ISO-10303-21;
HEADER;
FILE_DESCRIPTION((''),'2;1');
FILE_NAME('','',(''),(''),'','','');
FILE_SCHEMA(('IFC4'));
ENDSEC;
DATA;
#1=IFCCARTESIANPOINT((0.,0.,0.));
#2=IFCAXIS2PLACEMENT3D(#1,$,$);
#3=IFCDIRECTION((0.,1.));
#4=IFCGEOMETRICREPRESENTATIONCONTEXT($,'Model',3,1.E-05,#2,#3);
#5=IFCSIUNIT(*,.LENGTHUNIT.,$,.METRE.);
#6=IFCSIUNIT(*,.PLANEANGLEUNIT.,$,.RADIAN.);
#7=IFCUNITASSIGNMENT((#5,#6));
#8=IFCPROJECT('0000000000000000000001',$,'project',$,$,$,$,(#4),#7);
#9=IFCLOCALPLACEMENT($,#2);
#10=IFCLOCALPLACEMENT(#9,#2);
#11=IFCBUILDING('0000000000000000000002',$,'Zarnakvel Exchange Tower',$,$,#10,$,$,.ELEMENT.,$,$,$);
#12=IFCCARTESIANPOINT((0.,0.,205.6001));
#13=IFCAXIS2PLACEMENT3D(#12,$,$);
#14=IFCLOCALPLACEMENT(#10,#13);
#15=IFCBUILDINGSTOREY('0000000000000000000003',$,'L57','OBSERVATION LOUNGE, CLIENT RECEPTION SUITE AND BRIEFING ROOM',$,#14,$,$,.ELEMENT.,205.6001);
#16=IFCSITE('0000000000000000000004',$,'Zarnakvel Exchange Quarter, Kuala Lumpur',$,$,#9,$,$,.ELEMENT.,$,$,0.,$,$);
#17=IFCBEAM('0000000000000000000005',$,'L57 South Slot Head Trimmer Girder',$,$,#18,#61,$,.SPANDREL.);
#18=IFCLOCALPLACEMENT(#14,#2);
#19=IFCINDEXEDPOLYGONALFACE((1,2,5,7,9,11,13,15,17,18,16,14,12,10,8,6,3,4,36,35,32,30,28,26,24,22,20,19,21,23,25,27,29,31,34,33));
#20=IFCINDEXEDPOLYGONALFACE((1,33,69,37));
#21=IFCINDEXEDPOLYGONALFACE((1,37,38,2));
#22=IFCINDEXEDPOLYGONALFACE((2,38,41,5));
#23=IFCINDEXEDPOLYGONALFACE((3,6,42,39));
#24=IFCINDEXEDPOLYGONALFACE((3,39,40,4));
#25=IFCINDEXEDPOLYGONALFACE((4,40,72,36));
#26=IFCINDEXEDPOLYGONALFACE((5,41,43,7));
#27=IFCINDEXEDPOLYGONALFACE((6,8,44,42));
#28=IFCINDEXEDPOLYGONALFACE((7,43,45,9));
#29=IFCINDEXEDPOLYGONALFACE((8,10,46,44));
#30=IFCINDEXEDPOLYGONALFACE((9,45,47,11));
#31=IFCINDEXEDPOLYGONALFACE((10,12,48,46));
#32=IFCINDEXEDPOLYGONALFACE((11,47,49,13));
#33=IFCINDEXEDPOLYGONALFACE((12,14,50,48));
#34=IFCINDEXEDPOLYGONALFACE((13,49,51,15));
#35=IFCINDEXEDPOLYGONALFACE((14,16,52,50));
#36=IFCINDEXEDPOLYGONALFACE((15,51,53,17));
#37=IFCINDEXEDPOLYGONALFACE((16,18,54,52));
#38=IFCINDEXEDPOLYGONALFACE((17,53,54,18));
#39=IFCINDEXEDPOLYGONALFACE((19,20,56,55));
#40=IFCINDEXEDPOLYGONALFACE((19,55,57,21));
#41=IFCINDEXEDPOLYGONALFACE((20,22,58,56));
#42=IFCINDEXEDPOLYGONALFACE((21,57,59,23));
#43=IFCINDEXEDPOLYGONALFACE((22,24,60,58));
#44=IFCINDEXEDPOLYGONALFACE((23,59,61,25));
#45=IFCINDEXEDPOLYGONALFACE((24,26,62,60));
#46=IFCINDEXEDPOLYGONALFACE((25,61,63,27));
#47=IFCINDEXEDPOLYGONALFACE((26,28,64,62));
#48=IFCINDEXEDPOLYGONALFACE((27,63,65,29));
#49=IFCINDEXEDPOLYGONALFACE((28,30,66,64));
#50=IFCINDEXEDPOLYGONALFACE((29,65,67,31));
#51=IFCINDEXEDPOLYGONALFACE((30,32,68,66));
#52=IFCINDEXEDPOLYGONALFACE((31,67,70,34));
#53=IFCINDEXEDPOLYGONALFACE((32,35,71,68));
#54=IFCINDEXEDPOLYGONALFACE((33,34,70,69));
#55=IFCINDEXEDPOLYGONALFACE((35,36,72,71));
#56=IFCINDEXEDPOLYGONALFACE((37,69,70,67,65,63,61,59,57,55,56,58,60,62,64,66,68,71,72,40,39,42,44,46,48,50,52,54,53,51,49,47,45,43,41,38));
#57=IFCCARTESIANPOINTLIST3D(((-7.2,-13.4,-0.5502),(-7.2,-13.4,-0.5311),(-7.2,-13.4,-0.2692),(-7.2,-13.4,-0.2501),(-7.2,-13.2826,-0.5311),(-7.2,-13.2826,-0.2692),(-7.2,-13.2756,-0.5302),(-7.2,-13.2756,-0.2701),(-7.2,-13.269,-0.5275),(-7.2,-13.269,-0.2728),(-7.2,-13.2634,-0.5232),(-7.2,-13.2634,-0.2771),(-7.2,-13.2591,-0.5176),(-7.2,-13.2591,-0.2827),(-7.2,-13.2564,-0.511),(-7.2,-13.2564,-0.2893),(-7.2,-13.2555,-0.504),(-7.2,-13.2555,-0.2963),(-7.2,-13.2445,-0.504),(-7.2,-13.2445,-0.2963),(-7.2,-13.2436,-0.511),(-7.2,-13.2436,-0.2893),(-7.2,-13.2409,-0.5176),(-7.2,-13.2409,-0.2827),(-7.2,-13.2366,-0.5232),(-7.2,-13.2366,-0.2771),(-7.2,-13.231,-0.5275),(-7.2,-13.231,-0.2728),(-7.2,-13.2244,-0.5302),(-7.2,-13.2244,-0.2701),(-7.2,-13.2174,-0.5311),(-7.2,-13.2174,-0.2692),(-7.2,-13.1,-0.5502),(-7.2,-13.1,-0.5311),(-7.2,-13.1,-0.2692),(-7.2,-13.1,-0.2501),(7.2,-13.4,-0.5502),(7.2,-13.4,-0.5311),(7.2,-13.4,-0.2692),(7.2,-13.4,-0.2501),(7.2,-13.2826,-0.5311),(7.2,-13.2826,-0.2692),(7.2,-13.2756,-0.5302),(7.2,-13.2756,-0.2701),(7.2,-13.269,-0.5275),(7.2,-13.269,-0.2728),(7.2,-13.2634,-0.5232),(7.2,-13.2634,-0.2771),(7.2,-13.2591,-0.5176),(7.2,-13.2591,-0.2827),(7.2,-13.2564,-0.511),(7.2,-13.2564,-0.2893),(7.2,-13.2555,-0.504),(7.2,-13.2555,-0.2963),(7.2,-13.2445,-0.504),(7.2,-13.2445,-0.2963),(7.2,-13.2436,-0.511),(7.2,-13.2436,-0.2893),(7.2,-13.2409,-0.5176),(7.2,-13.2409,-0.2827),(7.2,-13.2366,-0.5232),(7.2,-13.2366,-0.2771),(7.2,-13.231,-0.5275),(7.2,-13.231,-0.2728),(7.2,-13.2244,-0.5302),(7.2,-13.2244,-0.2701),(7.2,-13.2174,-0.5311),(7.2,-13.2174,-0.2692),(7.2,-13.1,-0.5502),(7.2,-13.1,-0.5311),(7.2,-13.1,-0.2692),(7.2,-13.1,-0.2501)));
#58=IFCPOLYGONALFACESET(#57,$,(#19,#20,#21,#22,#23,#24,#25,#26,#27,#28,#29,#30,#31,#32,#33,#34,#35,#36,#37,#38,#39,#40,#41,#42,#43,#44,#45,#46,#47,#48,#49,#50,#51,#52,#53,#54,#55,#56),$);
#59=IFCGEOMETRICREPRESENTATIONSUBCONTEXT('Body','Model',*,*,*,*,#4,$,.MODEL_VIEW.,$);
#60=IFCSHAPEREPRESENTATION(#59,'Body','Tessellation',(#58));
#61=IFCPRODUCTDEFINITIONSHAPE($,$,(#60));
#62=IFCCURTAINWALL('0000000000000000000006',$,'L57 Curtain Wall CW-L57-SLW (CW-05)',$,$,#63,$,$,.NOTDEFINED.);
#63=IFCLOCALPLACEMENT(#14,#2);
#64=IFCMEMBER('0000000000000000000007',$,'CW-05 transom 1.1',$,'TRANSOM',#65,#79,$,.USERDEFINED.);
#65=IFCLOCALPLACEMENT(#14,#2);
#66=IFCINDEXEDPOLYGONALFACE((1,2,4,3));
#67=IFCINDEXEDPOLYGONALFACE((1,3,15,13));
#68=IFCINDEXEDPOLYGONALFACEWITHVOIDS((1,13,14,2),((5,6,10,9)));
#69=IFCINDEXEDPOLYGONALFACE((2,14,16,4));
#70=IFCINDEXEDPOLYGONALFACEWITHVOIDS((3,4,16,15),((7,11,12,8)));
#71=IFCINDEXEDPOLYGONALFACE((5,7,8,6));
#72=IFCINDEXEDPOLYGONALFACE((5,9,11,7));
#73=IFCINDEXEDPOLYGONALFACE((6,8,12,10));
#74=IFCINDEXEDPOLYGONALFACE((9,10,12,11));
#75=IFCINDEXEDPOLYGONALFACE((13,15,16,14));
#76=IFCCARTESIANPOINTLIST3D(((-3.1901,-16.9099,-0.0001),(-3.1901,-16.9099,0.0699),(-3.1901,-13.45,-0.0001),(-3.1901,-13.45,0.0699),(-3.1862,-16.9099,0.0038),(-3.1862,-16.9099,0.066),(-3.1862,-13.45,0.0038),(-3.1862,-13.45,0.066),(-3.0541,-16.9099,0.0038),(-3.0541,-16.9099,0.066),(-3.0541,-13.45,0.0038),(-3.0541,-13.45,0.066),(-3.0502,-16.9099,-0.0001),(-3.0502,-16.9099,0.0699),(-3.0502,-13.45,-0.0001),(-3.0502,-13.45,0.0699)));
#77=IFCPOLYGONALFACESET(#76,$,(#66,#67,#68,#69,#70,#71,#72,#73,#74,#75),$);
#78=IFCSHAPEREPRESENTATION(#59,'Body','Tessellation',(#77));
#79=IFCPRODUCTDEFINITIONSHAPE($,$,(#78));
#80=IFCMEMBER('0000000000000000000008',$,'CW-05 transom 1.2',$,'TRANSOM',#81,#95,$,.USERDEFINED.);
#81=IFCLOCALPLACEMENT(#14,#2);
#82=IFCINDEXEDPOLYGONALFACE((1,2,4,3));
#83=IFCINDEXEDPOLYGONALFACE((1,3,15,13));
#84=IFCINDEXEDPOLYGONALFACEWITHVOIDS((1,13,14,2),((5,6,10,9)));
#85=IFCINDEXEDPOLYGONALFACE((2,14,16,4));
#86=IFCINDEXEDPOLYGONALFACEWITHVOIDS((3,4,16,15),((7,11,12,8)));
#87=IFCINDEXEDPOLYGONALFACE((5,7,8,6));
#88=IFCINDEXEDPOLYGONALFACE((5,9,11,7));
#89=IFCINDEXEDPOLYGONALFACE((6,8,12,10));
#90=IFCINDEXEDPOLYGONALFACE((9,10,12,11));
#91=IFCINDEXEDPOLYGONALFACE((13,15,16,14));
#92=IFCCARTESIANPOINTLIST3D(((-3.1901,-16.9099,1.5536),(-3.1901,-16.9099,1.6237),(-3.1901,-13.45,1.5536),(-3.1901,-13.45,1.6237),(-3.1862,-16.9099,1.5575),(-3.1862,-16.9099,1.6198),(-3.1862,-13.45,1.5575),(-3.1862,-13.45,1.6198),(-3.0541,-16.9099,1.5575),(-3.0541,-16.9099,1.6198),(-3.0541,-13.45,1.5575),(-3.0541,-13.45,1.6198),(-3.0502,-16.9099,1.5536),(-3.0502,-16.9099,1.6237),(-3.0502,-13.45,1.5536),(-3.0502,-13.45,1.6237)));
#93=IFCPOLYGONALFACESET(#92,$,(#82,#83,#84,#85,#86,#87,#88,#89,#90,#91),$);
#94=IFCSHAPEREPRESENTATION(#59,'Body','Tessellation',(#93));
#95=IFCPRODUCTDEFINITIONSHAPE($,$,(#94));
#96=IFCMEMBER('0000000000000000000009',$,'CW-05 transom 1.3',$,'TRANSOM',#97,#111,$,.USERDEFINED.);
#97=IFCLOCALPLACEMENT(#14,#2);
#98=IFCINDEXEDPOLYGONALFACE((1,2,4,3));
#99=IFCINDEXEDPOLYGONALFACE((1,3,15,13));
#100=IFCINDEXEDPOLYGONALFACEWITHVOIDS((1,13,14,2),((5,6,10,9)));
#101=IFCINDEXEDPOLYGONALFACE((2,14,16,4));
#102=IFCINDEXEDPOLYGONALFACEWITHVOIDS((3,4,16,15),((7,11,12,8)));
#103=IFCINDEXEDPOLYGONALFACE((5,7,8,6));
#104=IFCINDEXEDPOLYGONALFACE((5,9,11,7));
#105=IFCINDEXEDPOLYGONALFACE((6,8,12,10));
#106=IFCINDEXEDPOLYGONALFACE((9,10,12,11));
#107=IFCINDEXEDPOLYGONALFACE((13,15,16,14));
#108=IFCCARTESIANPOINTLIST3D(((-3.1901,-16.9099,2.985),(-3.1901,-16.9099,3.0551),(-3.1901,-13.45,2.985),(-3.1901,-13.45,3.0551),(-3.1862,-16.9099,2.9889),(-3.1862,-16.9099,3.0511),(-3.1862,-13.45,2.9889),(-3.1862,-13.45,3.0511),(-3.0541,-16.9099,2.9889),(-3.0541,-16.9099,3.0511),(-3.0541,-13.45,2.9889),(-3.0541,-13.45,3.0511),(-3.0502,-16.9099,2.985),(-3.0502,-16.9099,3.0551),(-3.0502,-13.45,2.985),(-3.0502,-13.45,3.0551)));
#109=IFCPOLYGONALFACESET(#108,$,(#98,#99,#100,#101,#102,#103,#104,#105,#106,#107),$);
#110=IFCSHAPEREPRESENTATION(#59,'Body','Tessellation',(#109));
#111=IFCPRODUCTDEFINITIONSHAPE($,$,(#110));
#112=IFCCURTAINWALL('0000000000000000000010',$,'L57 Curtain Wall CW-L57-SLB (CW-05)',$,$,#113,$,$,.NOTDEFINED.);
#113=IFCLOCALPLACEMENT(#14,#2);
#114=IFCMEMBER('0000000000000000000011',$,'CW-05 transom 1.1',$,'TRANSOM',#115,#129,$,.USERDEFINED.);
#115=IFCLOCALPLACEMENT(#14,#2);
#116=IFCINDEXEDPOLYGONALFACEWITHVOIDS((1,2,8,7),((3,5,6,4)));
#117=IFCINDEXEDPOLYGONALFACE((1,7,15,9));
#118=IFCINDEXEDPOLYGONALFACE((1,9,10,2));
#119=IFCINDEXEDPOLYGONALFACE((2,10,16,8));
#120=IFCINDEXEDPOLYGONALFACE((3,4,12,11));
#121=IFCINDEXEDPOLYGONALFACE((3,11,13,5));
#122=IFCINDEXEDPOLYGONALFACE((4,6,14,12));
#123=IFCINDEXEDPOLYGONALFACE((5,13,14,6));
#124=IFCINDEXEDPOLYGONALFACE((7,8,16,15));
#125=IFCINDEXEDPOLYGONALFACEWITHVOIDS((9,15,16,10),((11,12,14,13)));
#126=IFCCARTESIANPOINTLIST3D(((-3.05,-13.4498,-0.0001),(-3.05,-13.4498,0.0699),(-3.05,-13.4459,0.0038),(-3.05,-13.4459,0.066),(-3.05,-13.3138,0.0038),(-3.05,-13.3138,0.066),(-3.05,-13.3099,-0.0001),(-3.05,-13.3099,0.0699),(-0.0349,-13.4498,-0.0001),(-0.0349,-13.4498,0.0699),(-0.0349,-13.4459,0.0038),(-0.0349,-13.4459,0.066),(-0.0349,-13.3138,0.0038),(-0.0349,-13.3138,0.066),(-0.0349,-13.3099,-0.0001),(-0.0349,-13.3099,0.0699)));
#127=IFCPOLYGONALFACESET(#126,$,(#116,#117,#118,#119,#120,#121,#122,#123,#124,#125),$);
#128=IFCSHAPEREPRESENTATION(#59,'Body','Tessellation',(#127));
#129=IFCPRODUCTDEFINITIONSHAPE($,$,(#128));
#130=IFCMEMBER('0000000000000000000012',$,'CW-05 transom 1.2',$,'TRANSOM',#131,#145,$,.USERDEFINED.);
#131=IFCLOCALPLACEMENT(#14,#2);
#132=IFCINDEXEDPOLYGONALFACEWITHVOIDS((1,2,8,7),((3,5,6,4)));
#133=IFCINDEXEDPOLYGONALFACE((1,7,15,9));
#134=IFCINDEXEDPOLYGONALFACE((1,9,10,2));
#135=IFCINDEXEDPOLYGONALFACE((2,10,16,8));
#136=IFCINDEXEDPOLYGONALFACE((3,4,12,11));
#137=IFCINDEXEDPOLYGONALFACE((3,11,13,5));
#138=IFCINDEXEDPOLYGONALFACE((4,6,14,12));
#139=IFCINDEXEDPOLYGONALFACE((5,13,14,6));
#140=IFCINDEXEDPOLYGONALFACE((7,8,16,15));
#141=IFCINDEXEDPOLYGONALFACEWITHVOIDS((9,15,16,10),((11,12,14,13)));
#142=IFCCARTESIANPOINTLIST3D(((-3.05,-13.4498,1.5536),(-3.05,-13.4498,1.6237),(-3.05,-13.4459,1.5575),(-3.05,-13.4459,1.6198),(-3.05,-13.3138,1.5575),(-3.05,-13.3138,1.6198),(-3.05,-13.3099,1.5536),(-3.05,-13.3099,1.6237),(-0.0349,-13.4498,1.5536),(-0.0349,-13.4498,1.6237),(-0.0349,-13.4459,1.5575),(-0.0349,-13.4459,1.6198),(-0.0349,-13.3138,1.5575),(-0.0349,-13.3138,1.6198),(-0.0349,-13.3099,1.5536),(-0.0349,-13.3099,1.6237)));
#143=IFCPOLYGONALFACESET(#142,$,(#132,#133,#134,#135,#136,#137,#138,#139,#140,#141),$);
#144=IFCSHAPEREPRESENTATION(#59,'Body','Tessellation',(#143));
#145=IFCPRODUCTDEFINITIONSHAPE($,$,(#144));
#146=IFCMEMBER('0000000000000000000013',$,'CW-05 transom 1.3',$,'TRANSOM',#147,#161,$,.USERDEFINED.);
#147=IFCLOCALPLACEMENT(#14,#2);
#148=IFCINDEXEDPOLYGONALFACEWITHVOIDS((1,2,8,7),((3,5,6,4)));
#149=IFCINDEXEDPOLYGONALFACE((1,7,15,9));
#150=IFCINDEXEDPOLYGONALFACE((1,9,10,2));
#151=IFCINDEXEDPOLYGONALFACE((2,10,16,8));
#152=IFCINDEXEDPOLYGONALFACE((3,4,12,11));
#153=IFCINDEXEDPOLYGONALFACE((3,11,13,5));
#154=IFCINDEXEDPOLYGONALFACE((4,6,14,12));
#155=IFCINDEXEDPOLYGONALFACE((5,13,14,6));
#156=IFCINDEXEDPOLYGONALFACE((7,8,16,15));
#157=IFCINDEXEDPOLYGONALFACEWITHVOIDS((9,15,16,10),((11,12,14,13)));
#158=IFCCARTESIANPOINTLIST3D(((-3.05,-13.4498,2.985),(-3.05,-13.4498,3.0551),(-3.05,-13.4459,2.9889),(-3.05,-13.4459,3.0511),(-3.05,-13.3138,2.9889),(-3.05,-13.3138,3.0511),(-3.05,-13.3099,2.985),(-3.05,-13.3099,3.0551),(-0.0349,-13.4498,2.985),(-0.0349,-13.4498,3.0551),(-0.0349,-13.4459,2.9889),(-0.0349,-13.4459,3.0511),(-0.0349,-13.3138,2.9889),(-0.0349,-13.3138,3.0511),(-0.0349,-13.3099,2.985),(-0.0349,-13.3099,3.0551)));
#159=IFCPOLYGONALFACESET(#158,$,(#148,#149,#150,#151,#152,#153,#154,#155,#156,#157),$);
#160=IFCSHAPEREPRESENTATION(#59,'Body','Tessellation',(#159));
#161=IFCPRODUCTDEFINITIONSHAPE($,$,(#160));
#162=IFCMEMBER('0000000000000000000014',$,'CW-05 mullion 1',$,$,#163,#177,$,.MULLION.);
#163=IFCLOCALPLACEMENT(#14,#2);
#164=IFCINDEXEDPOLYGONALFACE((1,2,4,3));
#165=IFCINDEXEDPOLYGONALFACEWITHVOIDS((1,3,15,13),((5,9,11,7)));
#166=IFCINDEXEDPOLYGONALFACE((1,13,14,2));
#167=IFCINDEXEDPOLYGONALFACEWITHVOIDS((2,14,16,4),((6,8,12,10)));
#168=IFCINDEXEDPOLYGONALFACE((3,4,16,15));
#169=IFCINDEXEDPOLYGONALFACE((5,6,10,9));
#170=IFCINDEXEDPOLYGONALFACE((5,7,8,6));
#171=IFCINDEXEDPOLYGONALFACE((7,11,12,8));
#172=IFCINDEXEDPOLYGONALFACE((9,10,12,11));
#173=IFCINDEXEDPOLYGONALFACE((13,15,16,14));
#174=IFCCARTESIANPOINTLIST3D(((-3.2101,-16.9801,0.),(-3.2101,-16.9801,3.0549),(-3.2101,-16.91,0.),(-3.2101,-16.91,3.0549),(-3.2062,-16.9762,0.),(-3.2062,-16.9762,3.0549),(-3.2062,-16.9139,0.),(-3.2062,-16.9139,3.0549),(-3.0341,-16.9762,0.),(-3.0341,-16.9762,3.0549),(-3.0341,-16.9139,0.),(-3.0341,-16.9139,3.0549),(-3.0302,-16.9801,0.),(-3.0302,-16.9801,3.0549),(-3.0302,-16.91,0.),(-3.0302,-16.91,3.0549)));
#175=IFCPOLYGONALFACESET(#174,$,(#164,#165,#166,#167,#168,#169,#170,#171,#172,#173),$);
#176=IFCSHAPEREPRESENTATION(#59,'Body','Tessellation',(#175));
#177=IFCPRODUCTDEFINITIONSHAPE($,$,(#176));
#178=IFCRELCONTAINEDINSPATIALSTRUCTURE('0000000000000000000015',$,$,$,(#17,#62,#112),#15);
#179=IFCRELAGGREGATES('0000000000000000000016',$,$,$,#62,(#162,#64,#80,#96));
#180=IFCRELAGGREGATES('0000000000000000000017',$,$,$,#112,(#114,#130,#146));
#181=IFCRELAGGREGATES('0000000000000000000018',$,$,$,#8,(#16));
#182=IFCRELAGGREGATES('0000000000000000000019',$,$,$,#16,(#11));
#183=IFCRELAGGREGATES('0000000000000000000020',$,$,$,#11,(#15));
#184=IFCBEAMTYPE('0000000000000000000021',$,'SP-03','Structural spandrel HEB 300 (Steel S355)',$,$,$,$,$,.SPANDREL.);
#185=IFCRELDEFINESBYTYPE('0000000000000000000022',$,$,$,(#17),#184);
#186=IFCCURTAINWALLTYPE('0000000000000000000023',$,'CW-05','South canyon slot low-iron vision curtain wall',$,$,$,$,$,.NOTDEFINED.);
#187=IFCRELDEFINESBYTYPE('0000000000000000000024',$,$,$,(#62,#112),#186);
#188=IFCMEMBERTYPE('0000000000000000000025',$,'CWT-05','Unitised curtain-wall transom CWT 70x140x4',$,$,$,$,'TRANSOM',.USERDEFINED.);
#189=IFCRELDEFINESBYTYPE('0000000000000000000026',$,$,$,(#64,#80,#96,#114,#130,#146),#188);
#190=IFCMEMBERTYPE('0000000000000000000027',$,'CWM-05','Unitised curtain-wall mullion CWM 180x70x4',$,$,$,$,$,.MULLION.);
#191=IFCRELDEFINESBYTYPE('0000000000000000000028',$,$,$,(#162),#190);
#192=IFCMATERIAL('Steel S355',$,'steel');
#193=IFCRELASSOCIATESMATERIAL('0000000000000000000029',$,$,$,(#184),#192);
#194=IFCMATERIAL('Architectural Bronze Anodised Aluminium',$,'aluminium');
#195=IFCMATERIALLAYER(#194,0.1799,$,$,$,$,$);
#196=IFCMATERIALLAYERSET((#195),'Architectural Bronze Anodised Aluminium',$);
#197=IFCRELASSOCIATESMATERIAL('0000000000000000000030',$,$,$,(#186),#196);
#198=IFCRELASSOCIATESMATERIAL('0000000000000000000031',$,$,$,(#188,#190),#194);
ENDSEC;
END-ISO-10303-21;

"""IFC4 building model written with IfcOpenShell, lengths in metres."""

from ifc_helpers import new_model, si_unit, direction, frame, origin, origin_2d, place, context, subcontext, project, spatial, hollow_rectangle, i_section, extrude, source, transform, mapped, material, layer, layer_set, material_profile, profile_set, type_object, element, aggregate, save


model = new_model("IFC4")

# Units and contexts
model_context = context("Model", 3, precision=1e-05, world=origin(), true_north=direction((0.0, 1.0)))
body_context = subcontext(model_context, "Body", "Model", "MODEL_VIEW")
ifc_project = project(units=[si_unit("LENGTHUNIT", "METRE"), si_unit("PLANEANGLEUNIT", "RADIAN")], contexts=[model_context])

# Site, building, storey
site_placement = place(None, origin())
site = spatial("IfcSite", under=ifc_project, at=site_placement, Name="Zarnakvel Exchange Quarter, Kuala Lumpur", CompositionType="ELEMENT", RefElevation=0.0)
building_placement = place(site_placement, origin())
building = spatial("IfcBuilding", under=site, at=building_placement, Name="Zarnakvel Exchange Tower", CompositionType="ELEMENT")
storey_placement = place(building_placement, frame((0.0, 0.0, 205.6001)))
storey = spatial("IfcBuildingStorey", under=building, at=storey_placement, Name="L57", Description="OBSERVATION LOUNGE, CLIENT RECEPTION SUITE AND BRIEFING ROOM", CompositionType="ELEMENT", Elevation=205.6001)

# Beam
ifc_material_1 = material(Name="Steel S355", Category="steel")
ifc_material_profile_1 = material_profile(ifc_material_1, i_section(OverallWidth=0.3, OverallDepth=0.3, WebThickness=0.011, FlangeThickness=0.019, FilletRadius=0.0271, at=origin_2d()))
ifc_profile_set_1 = profile_set([ifc_material_profile_1], Name="Steel S355")
beam_type_1 = type_object("IfcBeamType", Name="SP-03", Description="Structural spandrel HEB 300 (Steel S355)", PredefinedType="SPANDREL", material=ifc_profile_set_1)
beam_1_placement = place(storey_placement, frame((-7.2, -13.25, -0.4001), z_axis=(1.0, 0.0, 0.0), x_axis=(0.0, 1.0, 0.0)))
element("IfcBeam", 1, at=beam_1_placement, inside=storey, type_object=beam_type_1, Name="L57 South Slot Head Trimmer Girder", PredefinedType="SPANDREL", context=body_context, shape_type="SweptSolid", body=[
    extrude(i_section(OverallWidth=0.3, OverallDepth=0.3, WebThickness=0.011, FlangeThickness=0.019, FilletRadius=0.0271, at=origin_2d()), origin(), (0.0, 0.0, 1.0), 14.3999),
])

# Curtain walls, members
ifc_material_2 = material(Name="Architectural Bronze Anodised Aluminium", Category="aluminium")
ifc_layer_1 = layer(ifc_material_2, 0.1799)
ifc_layer_set_1 = layer_set([ifc_layer_1], Name="Architectural Bronze Anodised Aluminium")
curtain_wall_type = type_object("IfcCurtainWallType", Name="CW-05", Description="South canyon slot low-iron vision curtain wall", PredefinedType="NOTDEFINED", material=ifc_layer_set_1)
curtain_wall_1_placement = place(storey_placement, origin())
curtain_wall_1 = element("IfcCurtainWall", 2, at=curtain_wall_1_placement, inside=storey, type_object=curtain_wall_type, Name="L57 Curtain Wall CW-L57-SLW (CW-05)", PredefinedType="NOTDEFINED")
ifc_material_profile_2 = material_profile(ifc_material_2, hollow_rectangle(XDim=0.1399, YDim=0.0701, WallThickness=0.0039, at=origin_2d()))
ifc_profile_set_2 = profile_set([ifc_material_profile_2], Name="Architectural Bronze Anodised Aluminium")
member_type_1 = type_object("IfcMemberType", Name="CWT-05", Description="Unitised curtain-wall transom CWT 70x140x4", ElementType="TRANSOM", PredefinedType="USERDEFINED", material=ifc_profile_set_2)
shared_shape_1 = source(origin(), body_context, "Body", "SweptSolid", [
    extrude(hollow_rectangle(XDim=0.1399, YDim=0.0701, WallThickness=0.0039, at=origin_2d()), origin(), (0.0, 0.0, 1.0), 3.46),
])
member_1_placement = place(storey_placement, frame((-3.1201, -16.9099, 0.0349), z_axis=(0.0, 1.0, 0.0), x_axis=(-1.0, 0.0, 0.0)))
member_1 = element("IfcMember", 3, at=member_1_placement, type_object=member_type_1, Name="CW-05 transom 1.1", ObjectType="TRANSOM", PredefinedType="USERDEFINED", context=body_context, shape_type="MappedRepresentation", body=[
    mapped(shared_shape_1, transform((0.0, 0.0, 0.0), x_axis=(1.0, 0.0, 0.0), y_axis=(0.0, 1.0, 0.0), z_axis=(0.0, 0.0, 1.0), scale=1.0)),
])
member_2_placement = place(storey_placement, frame((-3.1201, -16.9099, 1.5886), z_axis=(0.0, 1.0, 0.0), x_axis=(-1.0, 0.0, 0.0)))
member_2 = element("IfcMember", 4, at=member_2_placement, type_object=member_type_1, Name="CW-05 transom 1.2", ObjectType="TRANSOM", PredefinedType="USERDEFINED", context=body_context, shape_type="MappedRepresentation", body=[
    mapped(shared_shape_1, transform((0.0, 0.0, 0.0), x_axis=(1.0, 0.0, 0.0), y_axis=(0.0, 1.0, 0.0), z_axis=(0.0, 0.0, 1.0), scale=1.0)),
])
member_3_placement = place(storey_placement, frame((-3.1201, -16.9099, 3.02), z_axis=(0.0, 1.0, 0.0), x_axis=(-1.0, 0.0, 0.0)))
member_3 = element("IfcMember", 5, at=member_3_placement, type_object=member_type_1, Name="CW-05 transom 1.3", ObjectType="TRANSOM", PredefinedType="USERDEFINED", context=body_context, shape_type="MappedRepresentation", body=[
    mapped(shared_shape_1, transform((0.0, 0.0, 0.0), x_axis=(1.0, 0.0, 0.0), y_axis=(0.0, 1.0, 0.0), z_axis=(0.0, 0.0, 1.0), scale=1.0)),
])
curtain_wall_2_placement = place(storey_placement, origin())
curtain_wall_2 = element("IfcCurtainWall", 6, at=curtain_wall_2_placement, inside=storey, type_object=curtain_wall_type, Name="L57 Curtain Wall CW-L57-SLB (CW-05)", PredefinedType="NOTDEFINED")
shared_shape_2 = source(origin(), body_context, "Body", "SweptSolid", [
    extrude(hollow_rectangle(XDim=0.1399, YDim=0.0701, WallThickness=0.0039, at=origin_2d()), origin(), (0.0, 0.0, 1.0), 3.0151),
])
member_4_placement = place(storey_placement, frame((-3.05, -13.3799, 0.0349), z_axis=(1.0, 0.0, 0.0), x_axis=(0.0, 1.0, 0.0)))
member_4 = element("IfcMember", 7, at=member_4_placement, type_object=member_type_1, Name="CW-05 transom 1.1", ObjectType="TRANSOM", PredefinedType="USERDEFINED", context=body_context, shape_type="MappedRepresentation", body=[
    mapped(shared_shape_2, transform((0.0, 0.0, 0.0), x_axis=(1.0, 0.0, 0.0), y_axis=(0.0, 1.0, 0.0), z_axis=(0.0, 0.0, 1.0), scale=1.0)),
])
member_5_placement = place(storey_placement, frame((-3.05, -13.3799, 1.5886), z_axis=(1.0, 0.0, 0.0), x_axis=(0.0, 1.0, 0.0)))
member_5 = element("IfcMember", 8, at=member_5_placement, type_object=member_type_1, Name="CW-05 transom 1.2", ObjectType="TRANSOM", PredefinedType="USERDEFINED", context=body_context, shape_type="MappedRepresentation", body=[
    mapped(shared_shape_2, transform((0.0, 0.0, 0.0), x_axis=(1.0, 0.0, 0.0), y_axis=(0.0, 1.0, 0.0), z_axis=(0.0, 0.0, 1.0), scale=1.0)),
])
member_6_placement = place(storey_placement, frame((-3.05, -13.3799, 3.02), z_axis=(1.0, 0.0, 0.0), x_axis=(0.0, 1.0, 0.0)))
member_6 = element("IfcMember", 9, at=member_6_placement, type_object=member_type_1, Name="CW-05 transom 1.3", ObjectType="TRANSOM", PredefinedType="USERDEFINED", context=body_context, shape_type="MappedRepresentation", body=[
    mapped(shared_shape_2, transform((0.0, 0.0, 0.0), x_axis=(1.0, 0.0, 0.0), y_axis=(0.0, 1.0, 0.0), z_axis=(0.0, 0.0, 1.0), scale=1.0)),
])

# Member
ifc_material_profile_3 = material_profile(ifc_material_2, hollow_rectangle(XDim=0.1799, YDim=0.0701, WallThickness=0.0039, at=origin_2d()))
ifc_profile_set_3 = profile_set([ifc_material_profile_3], Name="Architectural Bronze Anodised Aluminium")
member_type_2 = type_object("IfcMemberType", Name="CWM-05", Description="Unitised curtain-wall mullion CWM 180x70x4", PredefinedType="MULLION", material=ifc_profile_set_3)
shared_shape_3 = source(origin(), body_context, "Body", "SweptSolid", [
    extrude(hollow_rectangle(XDim=0.1799, YDim=0.0701, WallThickness=0.0039, at=origin_2d()), origin(), (0.0, 0.0, 1.0), 3.0549),
])
member_7_placement = place(storey_placement, frame((-3.1201, -16.9451, 0.0), z_axis=(0.0, 0.0, 1.0), x_axis=(-1.0, 0.0, 0.0)))
member_7 = element("IfcMember", 10, at=member_7_placement, type_object=member_type_2, Name="CW-05 mullion 1", PredefinedType="MULLION", context=body_context, shape_type="MappedRepresentation", body=[
    mapped(shared_shape_3, transform((0.0, 0.0, 0.0), x_axis=(1.0, 0.0, 0.0), y_axis=(0.0, 1.0, 0.0), z_axis=(0.0, 0.0, 1.0), scale=1.0)),
])

aggregate(curtain_wall_1, [member_7, member_1, member_2, member_3])
aggregate(curtain_wall_2, [member_4, member_5, member_6])

save(model, "model.ifc")
